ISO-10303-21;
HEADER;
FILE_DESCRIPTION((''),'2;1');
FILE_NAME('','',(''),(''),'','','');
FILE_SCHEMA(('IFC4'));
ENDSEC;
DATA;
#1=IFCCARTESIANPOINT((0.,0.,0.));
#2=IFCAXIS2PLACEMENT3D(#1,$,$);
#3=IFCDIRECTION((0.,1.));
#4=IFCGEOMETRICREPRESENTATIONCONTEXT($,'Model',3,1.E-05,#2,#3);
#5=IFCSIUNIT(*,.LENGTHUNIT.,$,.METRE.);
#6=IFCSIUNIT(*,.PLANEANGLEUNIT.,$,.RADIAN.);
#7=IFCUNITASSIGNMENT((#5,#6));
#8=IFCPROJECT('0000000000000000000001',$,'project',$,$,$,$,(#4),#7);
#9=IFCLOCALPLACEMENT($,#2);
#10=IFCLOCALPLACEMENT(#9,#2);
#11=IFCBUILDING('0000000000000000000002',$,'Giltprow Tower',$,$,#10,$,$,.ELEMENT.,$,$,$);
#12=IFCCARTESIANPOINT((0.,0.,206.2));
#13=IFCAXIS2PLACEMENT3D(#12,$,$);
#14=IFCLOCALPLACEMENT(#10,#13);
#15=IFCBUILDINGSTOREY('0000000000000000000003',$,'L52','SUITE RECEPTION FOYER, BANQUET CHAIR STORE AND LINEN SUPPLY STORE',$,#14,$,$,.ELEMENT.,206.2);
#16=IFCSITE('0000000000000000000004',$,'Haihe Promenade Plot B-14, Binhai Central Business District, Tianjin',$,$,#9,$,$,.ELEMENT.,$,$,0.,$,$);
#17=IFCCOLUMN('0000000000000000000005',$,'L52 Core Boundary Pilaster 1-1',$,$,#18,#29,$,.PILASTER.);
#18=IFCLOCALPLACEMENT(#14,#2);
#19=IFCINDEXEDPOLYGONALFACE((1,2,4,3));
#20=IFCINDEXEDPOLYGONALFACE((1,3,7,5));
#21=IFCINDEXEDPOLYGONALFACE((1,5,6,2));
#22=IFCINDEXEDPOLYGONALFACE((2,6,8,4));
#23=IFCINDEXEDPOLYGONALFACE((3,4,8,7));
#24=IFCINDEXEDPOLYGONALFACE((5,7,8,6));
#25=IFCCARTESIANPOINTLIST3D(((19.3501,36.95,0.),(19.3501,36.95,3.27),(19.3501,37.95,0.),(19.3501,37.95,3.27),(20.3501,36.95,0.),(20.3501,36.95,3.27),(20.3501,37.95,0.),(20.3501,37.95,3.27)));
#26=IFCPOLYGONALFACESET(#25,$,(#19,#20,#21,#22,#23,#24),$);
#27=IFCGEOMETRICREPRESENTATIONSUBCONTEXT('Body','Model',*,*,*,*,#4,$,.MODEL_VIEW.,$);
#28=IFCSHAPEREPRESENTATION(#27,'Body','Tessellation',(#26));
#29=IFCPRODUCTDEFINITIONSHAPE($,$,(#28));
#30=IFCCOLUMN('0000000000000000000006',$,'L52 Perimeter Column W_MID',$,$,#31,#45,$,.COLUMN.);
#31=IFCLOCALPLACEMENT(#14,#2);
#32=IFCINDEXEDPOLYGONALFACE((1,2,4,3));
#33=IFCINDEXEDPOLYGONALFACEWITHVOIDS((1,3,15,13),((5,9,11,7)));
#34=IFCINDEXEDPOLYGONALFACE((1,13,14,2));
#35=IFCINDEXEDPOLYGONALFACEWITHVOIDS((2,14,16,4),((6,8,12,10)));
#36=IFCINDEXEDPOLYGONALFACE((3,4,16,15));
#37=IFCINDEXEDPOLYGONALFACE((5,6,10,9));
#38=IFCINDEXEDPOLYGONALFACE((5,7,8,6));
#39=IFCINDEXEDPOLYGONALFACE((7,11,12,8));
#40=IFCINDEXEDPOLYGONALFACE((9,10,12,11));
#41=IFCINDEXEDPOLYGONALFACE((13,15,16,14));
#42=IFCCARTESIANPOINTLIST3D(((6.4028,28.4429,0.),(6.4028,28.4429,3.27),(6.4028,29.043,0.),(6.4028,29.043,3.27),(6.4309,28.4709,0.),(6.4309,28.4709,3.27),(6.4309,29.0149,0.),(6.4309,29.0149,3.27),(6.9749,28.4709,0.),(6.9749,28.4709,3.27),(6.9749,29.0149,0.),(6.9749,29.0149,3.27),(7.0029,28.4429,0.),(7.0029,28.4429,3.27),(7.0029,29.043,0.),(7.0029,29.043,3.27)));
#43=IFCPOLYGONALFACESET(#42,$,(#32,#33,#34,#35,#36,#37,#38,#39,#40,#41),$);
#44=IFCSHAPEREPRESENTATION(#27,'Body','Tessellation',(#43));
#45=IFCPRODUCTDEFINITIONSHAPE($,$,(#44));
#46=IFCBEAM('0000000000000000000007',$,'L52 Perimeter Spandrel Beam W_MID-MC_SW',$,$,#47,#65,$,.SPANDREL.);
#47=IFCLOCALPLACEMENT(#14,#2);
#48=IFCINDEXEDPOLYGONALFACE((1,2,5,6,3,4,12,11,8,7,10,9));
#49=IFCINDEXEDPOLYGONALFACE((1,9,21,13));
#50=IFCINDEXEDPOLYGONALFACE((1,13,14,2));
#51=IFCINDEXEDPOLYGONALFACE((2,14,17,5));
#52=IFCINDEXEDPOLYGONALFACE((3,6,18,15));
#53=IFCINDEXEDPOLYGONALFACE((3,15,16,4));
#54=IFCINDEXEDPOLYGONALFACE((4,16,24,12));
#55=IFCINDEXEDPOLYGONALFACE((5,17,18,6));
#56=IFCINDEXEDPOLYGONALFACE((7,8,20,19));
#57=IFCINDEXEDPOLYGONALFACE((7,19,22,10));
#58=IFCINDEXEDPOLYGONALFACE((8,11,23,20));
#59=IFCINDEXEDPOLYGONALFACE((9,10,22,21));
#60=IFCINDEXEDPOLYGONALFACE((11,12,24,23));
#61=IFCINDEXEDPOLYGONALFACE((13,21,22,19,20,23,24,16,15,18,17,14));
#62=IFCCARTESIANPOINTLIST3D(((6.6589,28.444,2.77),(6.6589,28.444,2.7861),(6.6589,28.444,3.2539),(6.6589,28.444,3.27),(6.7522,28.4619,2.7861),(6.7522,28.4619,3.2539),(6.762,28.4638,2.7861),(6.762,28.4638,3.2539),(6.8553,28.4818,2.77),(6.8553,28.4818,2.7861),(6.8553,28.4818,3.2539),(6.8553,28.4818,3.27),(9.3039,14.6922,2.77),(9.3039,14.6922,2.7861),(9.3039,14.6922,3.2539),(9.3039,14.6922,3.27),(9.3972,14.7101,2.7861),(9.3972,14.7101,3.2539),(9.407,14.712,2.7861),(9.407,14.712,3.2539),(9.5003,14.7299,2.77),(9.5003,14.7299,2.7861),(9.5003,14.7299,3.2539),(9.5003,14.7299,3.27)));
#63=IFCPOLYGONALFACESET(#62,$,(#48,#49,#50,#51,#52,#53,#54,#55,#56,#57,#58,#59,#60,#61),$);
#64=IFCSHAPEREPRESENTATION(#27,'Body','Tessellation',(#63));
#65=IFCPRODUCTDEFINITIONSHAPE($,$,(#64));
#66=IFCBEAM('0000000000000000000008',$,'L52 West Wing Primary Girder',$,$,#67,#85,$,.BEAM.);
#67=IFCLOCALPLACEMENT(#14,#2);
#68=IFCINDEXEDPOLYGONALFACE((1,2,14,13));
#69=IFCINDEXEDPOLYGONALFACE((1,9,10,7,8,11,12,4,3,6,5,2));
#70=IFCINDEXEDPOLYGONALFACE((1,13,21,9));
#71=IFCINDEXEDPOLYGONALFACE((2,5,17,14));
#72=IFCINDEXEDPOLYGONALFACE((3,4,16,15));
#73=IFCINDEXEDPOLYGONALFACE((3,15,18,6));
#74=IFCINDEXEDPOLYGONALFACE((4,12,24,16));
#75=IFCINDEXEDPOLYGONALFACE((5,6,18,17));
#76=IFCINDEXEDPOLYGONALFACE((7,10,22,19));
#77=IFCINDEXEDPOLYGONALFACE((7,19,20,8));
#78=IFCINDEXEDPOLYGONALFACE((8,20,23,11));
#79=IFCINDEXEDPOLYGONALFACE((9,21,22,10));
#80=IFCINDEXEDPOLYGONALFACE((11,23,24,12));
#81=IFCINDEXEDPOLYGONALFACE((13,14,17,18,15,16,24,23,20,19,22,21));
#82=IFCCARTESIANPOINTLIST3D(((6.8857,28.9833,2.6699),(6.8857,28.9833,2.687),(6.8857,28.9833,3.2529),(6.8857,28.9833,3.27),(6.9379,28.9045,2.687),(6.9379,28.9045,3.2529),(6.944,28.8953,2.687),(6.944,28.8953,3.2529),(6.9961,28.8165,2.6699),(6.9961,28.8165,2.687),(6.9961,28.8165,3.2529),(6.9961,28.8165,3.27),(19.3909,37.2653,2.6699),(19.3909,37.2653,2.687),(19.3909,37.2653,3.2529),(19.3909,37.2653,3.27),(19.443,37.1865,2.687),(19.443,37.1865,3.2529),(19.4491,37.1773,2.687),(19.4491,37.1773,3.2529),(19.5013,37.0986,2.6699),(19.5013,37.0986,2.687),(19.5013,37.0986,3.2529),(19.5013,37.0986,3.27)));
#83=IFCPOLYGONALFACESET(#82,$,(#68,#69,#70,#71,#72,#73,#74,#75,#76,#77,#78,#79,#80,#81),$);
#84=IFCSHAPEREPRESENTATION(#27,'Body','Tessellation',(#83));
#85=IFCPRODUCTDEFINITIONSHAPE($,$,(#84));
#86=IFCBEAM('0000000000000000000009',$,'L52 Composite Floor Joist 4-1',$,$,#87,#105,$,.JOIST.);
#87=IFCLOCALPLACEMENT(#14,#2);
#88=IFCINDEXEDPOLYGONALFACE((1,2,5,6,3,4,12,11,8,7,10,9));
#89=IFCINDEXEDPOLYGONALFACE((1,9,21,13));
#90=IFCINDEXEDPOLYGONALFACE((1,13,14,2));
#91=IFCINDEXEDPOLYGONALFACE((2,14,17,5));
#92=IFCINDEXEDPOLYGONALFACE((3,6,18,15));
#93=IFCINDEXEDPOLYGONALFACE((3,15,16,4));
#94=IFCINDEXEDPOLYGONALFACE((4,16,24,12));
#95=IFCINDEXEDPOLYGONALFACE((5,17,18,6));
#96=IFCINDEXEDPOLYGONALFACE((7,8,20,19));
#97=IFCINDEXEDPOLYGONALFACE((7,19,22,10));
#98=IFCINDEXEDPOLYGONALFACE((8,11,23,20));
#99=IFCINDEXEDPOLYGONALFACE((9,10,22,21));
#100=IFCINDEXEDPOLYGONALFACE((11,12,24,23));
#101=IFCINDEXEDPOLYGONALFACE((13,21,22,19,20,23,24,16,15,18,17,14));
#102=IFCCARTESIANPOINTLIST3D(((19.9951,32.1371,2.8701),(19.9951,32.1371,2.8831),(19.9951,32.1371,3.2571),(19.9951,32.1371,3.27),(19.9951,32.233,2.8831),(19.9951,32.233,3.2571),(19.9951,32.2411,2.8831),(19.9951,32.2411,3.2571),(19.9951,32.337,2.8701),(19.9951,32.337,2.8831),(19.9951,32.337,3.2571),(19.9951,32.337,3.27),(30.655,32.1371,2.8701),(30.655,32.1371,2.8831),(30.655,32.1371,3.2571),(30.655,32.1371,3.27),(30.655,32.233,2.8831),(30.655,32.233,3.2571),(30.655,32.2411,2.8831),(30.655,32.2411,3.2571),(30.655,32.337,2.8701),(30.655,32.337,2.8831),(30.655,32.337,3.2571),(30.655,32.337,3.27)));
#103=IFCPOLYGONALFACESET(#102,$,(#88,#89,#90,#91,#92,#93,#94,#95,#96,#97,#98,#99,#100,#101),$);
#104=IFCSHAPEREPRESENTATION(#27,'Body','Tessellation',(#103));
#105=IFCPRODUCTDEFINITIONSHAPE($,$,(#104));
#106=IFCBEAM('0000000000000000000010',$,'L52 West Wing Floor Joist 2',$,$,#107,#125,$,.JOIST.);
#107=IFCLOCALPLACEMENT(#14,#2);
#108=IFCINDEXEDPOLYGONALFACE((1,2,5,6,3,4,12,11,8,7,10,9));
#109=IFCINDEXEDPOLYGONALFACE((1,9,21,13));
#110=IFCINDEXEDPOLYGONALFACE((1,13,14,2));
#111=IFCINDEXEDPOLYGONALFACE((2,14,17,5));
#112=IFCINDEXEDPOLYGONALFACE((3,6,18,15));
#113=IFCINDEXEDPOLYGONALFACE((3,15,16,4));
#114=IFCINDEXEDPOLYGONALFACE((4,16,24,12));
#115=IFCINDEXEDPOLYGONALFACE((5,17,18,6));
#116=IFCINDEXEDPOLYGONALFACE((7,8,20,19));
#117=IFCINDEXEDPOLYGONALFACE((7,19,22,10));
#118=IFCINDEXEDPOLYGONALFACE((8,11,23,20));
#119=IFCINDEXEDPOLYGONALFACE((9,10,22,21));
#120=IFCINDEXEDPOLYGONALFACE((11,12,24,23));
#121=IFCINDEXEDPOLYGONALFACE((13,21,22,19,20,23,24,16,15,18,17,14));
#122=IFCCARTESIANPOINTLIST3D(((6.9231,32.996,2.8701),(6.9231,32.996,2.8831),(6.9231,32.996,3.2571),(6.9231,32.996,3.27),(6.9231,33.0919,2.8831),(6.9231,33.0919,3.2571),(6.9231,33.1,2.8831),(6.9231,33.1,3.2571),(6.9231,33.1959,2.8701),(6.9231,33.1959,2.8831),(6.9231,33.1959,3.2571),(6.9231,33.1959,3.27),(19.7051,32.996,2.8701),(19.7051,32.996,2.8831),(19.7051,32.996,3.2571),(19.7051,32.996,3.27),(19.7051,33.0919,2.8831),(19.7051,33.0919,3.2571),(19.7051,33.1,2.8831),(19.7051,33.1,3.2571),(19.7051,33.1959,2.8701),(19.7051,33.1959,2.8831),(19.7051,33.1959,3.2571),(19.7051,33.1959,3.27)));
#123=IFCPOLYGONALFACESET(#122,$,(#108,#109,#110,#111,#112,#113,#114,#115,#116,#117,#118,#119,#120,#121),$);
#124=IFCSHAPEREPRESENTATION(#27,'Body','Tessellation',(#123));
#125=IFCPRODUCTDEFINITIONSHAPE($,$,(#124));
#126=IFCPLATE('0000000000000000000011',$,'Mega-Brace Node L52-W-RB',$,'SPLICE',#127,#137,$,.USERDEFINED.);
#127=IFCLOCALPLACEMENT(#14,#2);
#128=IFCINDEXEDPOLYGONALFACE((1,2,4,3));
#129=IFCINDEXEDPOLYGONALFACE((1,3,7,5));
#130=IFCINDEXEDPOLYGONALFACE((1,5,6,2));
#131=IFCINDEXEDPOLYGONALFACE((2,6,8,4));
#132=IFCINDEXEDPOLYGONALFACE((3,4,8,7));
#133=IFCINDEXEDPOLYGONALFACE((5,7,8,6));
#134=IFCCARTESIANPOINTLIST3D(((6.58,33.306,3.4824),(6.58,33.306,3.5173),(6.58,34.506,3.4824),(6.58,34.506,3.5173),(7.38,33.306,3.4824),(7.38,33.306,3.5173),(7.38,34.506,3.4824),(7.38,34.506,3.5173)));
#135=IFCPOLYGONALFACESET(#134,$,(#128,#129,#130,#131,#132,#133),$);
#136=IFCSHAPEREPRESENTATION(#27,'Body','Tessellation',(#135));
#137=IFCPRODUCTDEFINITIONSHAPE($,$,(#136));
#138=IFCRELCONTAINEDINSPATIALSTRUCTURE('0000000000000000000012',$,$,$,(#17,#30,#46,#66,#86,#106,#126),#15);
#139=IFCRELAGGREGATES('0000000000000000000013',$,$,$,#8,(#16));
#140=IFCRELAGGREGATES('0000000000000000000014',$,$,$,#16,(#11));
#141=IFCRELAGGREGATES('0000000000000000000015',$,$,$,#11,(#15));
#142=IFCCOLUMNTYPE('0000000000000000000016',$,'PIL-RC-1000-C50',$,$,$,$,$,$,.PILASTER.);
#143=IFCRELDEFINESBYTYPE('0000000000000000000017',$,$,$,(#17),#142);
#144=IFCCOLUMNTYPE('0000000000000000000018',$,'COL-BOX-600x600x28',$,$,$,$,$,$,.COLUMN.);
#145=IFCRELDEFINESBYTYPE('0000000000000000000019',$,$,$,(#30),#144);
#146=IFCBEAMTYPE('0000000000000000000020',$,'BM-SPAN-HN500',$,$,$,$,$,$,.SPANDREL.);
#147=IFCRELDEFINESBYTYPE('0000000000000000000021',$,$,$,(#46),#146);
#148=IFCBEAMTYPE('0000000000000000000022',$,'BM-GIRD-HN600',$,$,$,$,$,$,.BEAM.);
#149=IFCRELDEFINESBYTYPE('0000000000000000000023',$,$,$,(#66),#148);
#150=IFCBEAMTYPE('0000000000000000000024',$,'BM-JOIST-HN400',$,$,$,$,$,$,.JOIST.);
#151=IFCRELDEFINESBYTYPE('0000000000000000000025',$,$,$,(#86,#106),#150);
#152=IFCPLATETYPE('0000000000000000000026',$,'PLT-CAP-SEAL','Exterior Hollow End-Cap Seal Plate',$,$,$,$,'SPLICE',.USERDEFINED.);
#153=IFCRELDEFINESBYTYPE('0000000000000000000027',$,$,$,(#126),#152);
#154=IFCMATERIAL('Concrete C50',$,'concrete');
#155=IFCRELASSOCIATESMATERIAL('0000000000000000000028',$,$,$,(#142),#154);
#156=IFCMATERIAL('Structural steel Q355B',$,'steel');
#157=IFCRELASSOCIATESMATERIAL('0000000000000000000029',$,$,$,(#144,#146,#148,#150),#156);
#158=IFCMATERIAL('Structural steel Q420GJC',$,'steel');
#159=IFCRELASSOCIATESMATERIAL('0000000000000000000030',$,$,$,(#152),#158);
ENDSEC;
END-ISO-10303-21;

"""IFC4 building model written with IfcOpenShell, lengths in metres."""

from ifc_helpers import new_model, si_unit, direction, frame, origin, origin_2d, place, context, subcontext, project, spatial, rectangle, hollow_rectangle, i_section, extrude, source, transform, mapped, material, material_profile, profile_set, type_object, element, save


model = new_model("IFC4")

# Units and contexts
model_context = context("Model", 3, precision=1e-05, world=origin(), true_north=direction((0.0, 1.0)))
body_context = subcontext(model_context, "Body", "Model", "MODEL_VIEW")
ifc_project = project(units=[si_unit("LENGTHUNIT", "METRE"), si_unit("PLANEANGLEUNIT", "RADIAN")], contexts=[model_context])

# Site, building, storey
site_placement = place(None, origin())
site = spatial("IfcSite", under=ifc_project, at=site_placement, Name="Haihe Promenade Plot B-14, Binhai Central Business District, Tianjin", CompositionType="ELEMENT", RefElevation=0.0)
building_placement = place(site_placement, origin())
building = spatial("IfcBuilding", under=site, at=building_placement, Name="Giltprow Tower", CompositionType="ELEMENT")
storey_placement = place(building_placement, frame((0.0, 0.0, 206.2)))
storey = spatial("IfcBuildingStorey", under=building, at=storey_placement, Name="L52", Description="SUITE RECEPTION FOYER, BANQUET CHAIR STORE AND LINEN SUPPLY STORE", CompositionType="ELEMENT", Elevation=206.2)

# Columns
ifc_material_1 = material(Name="Concrete C50", Category="concrete")
ifc_material_profile_1 = material_profile(ifc_material_1, rectangle(XDim=1.0, YDim=1.0, at=origin_2d()), Name="RC 1000x1000")
ifc_profile_set_1 = profile_set([ifc_material_profile_1], Name="Concrete C50")
column_type_1 = type_object("IfcColumnType", Name="PIL-RC-1000-C50", PredefinedType="PILASTER", material=ifc_profile_set_1)
shared_shape_1 = source(origin(), body_context, "Body", "SweptSolid", [
    extrude(rectangle(XDim=1.0, YDim=1.0, at=origin_2d()), origin(), (0.0, 0.0, 1.0), 3.27),
])
column_1_placement = place(storey_placement, frame((19.8501, 37.45, 0.0), z_axis=(0.0, 0.0, 1.0), x_axis=(1.0, 0.0, 0.0)))
element("IfcColumn", 1, at=column_1_placement, inside=storey, type_object=column_type_1, Name="L52 Core Boundary Pilaster 1-1", PredefinedType="PILASTER", context=body_context, shape_type="MappedRepresentation", body=[
    mapped(shared_shape_1, transform((0.0, 0.0, 0.0), x_axis=(1.0, 0.0, 0.0), y_axis=(0.0, 1.0, 0.0), z_axis=(0.0, 0.0, 1.0), scale=1.0)),
])
ifc_material_2 = material(Name="Structural steel Q355B", Category="steel")
ifc_material_profile_2 = material_profile(ifc_material_2, hollow_rectangle(XDim=0.6001, YDim=0.6001, WallThickness=0.0281, at=origin_2d()), Name="BOX 600x600x28")
ifc_profile_set_2 = profile_set([ifc_material_profile_2], Name="Structural steel Q355B")
column_type_2 = type_object("IfcColumnType", Name="COL-BOX-600x600x28", PredefinedType="COLUMN", material=ifc_profile_set_2)
shared_shape_2 = source(origin(), body_context, "Body", "SweptSolid", [
    extrude(hollow_rectangle(XDim=0.6001, YDim=0.6001, WallThickness=0.0281, at=origin_2d()), origin(), (0.0, 0.0, 1.0), 3.27),
])
column_2_placement = place(storey_placement, frame((6.7029, 28.7429, 0.0), z_axis=(0.0, 0.0, 1.0), x_axis=(1.0, 0.0, 0.0)))
element("IfcColumn", 2, at=column_2_placement, inside=storey, type_object=column_type_2, Name="L52 Perimeter Column W_MID", PredefinedType="COLUMN", context=body_context, shape_type="MappedRepresentation", body=[
    mapped(shared_shape_2, transform((0.0, 0.0, 0.0), x_axis=(1.0, 0.0, 0.0), y_axis=(0.0, 1.0, 0.0), z_axis=(0.0, 0.0, 1.0), scale=1.0)),
])

# Beams
ifc_material_profile_3 = material_profile(ifc_material_2, i_section(OverallWidth=0.2, OverallDepth=0.5, WebThickness=0.01, FlangeThickness=0.0161, at=origin_2d()), Name="HN 500x200x10x16")
ifc_profile_set_3 = profile_set([ifc_material_profile_3], Name="Structural steel Q355B")
beam_type_1 = type_object("IfcBeamType", Name="BM-SPAN-HN500", PredefinedType="SPANDREL", material=ifc_profile_set_3)
shared_shape_3 = source(origin(), body_context, "Body", "SweptSolid", [
    extrude(i_section(OverallWidth=0.2, OverallDepth=0.5, WebThickness=0.01, FlangeThickness=0.0161, at=origin_2d()), origin(), (0.0, 0.0, 1.0), 14.0039),
])
beam_1_placement = place(storey_placement, frame((6.7571, 28.4629, 3.02), z_axis=(0.188876, -0.982001, 0.0), x_axis=(0.982001, 0.188876, 0.0)))
element("IfcBeam", 3, at=beam_1_placement, inside=storey, type_object=beam_type_1, Name="L52 Perimeter Spandrel Beam W_MID-MC_SW", PredefinedType="SPANDREL", context=body_context, shape_type="MappedRepresentation", body=[
    mapped(shared_shape_3, transform((0.0, 0.0, 0.0), x_axis=(1.0, 0.0, 0.0), y_axis=(0.0, 1.0, 0.0), z_axis=(0.0, 0.0, 1.0), scale=1.0)),
])
ifc_material_profile_4 = material_profile(ifc_material_2, i_section(OverallWidth=0.2, OverallDepth=0.6001, WebThickness=0.011, FlangeThickness=0.0171, at=origin_2d()), Name="HN 600x200x11x17")
ifc_profile_set_4 = profile_set([ifc_material_profile_4], Name="Structural steel Q355B")
beam_type_2 = type_object("IfcBeamType", Name="BM-GIRD-HN600", PredefinedType="BEAM", material=ifc_profile_set_4)
shared_shape_4 = source(origin(), body_context, "Body", "SweptSolid", [
    extrude(i_section(OverallWidth=0.2, OverallDepth=0.6001, WebThickness=0.011, FlangeThickness=0.0171, at=origin_2d()), origin(), (0.0, 0.0, 1.0), 14.999),
])
beam_2_placement = place(storey_placement, frame((6.9409, 28.8999, 2.97), z_axis=(0.833732, 0.55217, 0.0), x_axis=(-0.55217, 0.833732, 0.0)))
element("IfcBeam", 4, at=beam_2_placement, inside=storey, type_object=beam_type_2, Name="L52 West Wing Primary Girder", PredefinedType="BEAM", context=body_context, shape_type="MappedRepresentation", body=[
    mapped(shared_shape_4, transform((0.0, 0.0, 0.0), x_axis=(1.0, 0.0, 0.0), y_axis=(0.0, 1.0, 0.0), z_axis=(0.0, 0.0, 1.0), scale=1.0)),
])
ifc_material_profile_5 = material_profile(ifc_material_2, i_section(OverallWidth=0.2, OverallDepth=0.3999, WebThickness=0.0081, FlangeThickness=0.0129, at=origin_2d()), Name="HN 400x200x8x13")
ifc_profile_set_5 = profile_set([ifc_material_profile_5], Name="Structural steel Q355B")
beam_type_3 = type_object("IfcBeamType", Name="BM-JOIST-HN400", PredefinedType="JOIST", material=ifc_profile_set_5)
shared_shape_5 = source(origin(), body_context, "Body", "SweptSolid", [
    extrude(i_section(OverallWidth=0.2, OverallDepth=0.3999, WebThickness=0.0081, FlangeThickness=0.0129, at=origin_2d()), origin(), (0.0, 0.0, 1.0), 10.6599),
])
beam_3_placement = place(storey_placement, frame((19.9951, 32.2371, 3.0701), z_axis=(1.0, 0.0, 0.0), x_axis=(0.0, 1.0, 0.0)))
element("IfcBeam", 5, at=beam_3_placement, inside=storey, type_object=beam_type_3, Name="L52 Composite Floor Joist 4-1", PredefinedType="JOIST", context=body_context, shape_type="MappedRepresentation", body=[
    mapped(shared_shape_5, transform((0.0, 0.0, 0.0), x_axis=(1.0, 0.0, 0.0), y_axis=(0.0, 1.0, 0.0), z_axis=(0.0, 0.0, 1.0), scale=1.0)),
])
shared_shape_6 = source(origin(), body_context, "Body", "SweptSolid", [
    extrude(i_section(OverallWidth=0.2, OverallDepth=0.3999, WebThickness=0.0081, FlangeThickness=0.0129, at=origin_2d()), origin(), (0.0, 0.0, 1.0), 12.782),
])
beam_4_placement = place(storey_placement, frame((6.9231, 33.0959, 3.0701), z_axis=(1.0, 0.0, 0.0), x_axis=(0.0, 1.0, 0.0)))
element("IfcBeam", 6, at=beam_4_placement, inside=storey, type_object=beam_type_3, Name="L52 West Wing Floor Joist 2", PredefinedType="JOIST", context=body_context, shape_type="MappedRepresentation", body=[
    mapped(shared_shape_6, transform((0.0, 0.0, 0.0), x_axis=(1.0, 0.0, 0.0), y_axis=(0.0, 1.0, 0.0), z_axis=(0.0, 0.0, 1.0), scale=1.0)),
])

# Plate
ifc_material_3 = material(Name="Structural steel Q420GJC", Category="steel")
plate_type = type_object("IfcPlateType", Name="PLT-CAP-SEAL", Description="Exterior Hollow End-Cap Seal Plate", ElementType="SPLICE", PredefinedType="USERDEFINED", material=ifc_material_3)
shared_shape_7 = source(origin(), body_context, "Body", "SweptSolid", [
    extrude(rectangle(XDim=1.2, YDim=0.8, at=origin_2d()), origin(), (0.0, 0.0, 1.0), 0.0349),
])
plate_placement = place(storey_placement, frame((6.98, 33.906, 3.4824), z_axis=(0.0, 0.0, 1.0), x_axis=(0.0, 1.0, 0.0)))
element("IfcPlate", 7, at=plate_placement, inside=storey, type_object=plate_type, Name="Mega-Brace Node L52-W-RB", ObjectType="SPLICE", PredefinedType="USERDEFINED", context=body_context, shape_type="MappedRepresentation", body=[
    mapped(shared_shape_7, transform((0.0, 0.0, 0.0), x_axis=(1.0, 0.0, 0.0), y_axis=(0.0, 1.0, 0.0), z_axis=(0.0, 0.0, 1.0), scale=1.0)),
])

save(model, "model.ifc")
